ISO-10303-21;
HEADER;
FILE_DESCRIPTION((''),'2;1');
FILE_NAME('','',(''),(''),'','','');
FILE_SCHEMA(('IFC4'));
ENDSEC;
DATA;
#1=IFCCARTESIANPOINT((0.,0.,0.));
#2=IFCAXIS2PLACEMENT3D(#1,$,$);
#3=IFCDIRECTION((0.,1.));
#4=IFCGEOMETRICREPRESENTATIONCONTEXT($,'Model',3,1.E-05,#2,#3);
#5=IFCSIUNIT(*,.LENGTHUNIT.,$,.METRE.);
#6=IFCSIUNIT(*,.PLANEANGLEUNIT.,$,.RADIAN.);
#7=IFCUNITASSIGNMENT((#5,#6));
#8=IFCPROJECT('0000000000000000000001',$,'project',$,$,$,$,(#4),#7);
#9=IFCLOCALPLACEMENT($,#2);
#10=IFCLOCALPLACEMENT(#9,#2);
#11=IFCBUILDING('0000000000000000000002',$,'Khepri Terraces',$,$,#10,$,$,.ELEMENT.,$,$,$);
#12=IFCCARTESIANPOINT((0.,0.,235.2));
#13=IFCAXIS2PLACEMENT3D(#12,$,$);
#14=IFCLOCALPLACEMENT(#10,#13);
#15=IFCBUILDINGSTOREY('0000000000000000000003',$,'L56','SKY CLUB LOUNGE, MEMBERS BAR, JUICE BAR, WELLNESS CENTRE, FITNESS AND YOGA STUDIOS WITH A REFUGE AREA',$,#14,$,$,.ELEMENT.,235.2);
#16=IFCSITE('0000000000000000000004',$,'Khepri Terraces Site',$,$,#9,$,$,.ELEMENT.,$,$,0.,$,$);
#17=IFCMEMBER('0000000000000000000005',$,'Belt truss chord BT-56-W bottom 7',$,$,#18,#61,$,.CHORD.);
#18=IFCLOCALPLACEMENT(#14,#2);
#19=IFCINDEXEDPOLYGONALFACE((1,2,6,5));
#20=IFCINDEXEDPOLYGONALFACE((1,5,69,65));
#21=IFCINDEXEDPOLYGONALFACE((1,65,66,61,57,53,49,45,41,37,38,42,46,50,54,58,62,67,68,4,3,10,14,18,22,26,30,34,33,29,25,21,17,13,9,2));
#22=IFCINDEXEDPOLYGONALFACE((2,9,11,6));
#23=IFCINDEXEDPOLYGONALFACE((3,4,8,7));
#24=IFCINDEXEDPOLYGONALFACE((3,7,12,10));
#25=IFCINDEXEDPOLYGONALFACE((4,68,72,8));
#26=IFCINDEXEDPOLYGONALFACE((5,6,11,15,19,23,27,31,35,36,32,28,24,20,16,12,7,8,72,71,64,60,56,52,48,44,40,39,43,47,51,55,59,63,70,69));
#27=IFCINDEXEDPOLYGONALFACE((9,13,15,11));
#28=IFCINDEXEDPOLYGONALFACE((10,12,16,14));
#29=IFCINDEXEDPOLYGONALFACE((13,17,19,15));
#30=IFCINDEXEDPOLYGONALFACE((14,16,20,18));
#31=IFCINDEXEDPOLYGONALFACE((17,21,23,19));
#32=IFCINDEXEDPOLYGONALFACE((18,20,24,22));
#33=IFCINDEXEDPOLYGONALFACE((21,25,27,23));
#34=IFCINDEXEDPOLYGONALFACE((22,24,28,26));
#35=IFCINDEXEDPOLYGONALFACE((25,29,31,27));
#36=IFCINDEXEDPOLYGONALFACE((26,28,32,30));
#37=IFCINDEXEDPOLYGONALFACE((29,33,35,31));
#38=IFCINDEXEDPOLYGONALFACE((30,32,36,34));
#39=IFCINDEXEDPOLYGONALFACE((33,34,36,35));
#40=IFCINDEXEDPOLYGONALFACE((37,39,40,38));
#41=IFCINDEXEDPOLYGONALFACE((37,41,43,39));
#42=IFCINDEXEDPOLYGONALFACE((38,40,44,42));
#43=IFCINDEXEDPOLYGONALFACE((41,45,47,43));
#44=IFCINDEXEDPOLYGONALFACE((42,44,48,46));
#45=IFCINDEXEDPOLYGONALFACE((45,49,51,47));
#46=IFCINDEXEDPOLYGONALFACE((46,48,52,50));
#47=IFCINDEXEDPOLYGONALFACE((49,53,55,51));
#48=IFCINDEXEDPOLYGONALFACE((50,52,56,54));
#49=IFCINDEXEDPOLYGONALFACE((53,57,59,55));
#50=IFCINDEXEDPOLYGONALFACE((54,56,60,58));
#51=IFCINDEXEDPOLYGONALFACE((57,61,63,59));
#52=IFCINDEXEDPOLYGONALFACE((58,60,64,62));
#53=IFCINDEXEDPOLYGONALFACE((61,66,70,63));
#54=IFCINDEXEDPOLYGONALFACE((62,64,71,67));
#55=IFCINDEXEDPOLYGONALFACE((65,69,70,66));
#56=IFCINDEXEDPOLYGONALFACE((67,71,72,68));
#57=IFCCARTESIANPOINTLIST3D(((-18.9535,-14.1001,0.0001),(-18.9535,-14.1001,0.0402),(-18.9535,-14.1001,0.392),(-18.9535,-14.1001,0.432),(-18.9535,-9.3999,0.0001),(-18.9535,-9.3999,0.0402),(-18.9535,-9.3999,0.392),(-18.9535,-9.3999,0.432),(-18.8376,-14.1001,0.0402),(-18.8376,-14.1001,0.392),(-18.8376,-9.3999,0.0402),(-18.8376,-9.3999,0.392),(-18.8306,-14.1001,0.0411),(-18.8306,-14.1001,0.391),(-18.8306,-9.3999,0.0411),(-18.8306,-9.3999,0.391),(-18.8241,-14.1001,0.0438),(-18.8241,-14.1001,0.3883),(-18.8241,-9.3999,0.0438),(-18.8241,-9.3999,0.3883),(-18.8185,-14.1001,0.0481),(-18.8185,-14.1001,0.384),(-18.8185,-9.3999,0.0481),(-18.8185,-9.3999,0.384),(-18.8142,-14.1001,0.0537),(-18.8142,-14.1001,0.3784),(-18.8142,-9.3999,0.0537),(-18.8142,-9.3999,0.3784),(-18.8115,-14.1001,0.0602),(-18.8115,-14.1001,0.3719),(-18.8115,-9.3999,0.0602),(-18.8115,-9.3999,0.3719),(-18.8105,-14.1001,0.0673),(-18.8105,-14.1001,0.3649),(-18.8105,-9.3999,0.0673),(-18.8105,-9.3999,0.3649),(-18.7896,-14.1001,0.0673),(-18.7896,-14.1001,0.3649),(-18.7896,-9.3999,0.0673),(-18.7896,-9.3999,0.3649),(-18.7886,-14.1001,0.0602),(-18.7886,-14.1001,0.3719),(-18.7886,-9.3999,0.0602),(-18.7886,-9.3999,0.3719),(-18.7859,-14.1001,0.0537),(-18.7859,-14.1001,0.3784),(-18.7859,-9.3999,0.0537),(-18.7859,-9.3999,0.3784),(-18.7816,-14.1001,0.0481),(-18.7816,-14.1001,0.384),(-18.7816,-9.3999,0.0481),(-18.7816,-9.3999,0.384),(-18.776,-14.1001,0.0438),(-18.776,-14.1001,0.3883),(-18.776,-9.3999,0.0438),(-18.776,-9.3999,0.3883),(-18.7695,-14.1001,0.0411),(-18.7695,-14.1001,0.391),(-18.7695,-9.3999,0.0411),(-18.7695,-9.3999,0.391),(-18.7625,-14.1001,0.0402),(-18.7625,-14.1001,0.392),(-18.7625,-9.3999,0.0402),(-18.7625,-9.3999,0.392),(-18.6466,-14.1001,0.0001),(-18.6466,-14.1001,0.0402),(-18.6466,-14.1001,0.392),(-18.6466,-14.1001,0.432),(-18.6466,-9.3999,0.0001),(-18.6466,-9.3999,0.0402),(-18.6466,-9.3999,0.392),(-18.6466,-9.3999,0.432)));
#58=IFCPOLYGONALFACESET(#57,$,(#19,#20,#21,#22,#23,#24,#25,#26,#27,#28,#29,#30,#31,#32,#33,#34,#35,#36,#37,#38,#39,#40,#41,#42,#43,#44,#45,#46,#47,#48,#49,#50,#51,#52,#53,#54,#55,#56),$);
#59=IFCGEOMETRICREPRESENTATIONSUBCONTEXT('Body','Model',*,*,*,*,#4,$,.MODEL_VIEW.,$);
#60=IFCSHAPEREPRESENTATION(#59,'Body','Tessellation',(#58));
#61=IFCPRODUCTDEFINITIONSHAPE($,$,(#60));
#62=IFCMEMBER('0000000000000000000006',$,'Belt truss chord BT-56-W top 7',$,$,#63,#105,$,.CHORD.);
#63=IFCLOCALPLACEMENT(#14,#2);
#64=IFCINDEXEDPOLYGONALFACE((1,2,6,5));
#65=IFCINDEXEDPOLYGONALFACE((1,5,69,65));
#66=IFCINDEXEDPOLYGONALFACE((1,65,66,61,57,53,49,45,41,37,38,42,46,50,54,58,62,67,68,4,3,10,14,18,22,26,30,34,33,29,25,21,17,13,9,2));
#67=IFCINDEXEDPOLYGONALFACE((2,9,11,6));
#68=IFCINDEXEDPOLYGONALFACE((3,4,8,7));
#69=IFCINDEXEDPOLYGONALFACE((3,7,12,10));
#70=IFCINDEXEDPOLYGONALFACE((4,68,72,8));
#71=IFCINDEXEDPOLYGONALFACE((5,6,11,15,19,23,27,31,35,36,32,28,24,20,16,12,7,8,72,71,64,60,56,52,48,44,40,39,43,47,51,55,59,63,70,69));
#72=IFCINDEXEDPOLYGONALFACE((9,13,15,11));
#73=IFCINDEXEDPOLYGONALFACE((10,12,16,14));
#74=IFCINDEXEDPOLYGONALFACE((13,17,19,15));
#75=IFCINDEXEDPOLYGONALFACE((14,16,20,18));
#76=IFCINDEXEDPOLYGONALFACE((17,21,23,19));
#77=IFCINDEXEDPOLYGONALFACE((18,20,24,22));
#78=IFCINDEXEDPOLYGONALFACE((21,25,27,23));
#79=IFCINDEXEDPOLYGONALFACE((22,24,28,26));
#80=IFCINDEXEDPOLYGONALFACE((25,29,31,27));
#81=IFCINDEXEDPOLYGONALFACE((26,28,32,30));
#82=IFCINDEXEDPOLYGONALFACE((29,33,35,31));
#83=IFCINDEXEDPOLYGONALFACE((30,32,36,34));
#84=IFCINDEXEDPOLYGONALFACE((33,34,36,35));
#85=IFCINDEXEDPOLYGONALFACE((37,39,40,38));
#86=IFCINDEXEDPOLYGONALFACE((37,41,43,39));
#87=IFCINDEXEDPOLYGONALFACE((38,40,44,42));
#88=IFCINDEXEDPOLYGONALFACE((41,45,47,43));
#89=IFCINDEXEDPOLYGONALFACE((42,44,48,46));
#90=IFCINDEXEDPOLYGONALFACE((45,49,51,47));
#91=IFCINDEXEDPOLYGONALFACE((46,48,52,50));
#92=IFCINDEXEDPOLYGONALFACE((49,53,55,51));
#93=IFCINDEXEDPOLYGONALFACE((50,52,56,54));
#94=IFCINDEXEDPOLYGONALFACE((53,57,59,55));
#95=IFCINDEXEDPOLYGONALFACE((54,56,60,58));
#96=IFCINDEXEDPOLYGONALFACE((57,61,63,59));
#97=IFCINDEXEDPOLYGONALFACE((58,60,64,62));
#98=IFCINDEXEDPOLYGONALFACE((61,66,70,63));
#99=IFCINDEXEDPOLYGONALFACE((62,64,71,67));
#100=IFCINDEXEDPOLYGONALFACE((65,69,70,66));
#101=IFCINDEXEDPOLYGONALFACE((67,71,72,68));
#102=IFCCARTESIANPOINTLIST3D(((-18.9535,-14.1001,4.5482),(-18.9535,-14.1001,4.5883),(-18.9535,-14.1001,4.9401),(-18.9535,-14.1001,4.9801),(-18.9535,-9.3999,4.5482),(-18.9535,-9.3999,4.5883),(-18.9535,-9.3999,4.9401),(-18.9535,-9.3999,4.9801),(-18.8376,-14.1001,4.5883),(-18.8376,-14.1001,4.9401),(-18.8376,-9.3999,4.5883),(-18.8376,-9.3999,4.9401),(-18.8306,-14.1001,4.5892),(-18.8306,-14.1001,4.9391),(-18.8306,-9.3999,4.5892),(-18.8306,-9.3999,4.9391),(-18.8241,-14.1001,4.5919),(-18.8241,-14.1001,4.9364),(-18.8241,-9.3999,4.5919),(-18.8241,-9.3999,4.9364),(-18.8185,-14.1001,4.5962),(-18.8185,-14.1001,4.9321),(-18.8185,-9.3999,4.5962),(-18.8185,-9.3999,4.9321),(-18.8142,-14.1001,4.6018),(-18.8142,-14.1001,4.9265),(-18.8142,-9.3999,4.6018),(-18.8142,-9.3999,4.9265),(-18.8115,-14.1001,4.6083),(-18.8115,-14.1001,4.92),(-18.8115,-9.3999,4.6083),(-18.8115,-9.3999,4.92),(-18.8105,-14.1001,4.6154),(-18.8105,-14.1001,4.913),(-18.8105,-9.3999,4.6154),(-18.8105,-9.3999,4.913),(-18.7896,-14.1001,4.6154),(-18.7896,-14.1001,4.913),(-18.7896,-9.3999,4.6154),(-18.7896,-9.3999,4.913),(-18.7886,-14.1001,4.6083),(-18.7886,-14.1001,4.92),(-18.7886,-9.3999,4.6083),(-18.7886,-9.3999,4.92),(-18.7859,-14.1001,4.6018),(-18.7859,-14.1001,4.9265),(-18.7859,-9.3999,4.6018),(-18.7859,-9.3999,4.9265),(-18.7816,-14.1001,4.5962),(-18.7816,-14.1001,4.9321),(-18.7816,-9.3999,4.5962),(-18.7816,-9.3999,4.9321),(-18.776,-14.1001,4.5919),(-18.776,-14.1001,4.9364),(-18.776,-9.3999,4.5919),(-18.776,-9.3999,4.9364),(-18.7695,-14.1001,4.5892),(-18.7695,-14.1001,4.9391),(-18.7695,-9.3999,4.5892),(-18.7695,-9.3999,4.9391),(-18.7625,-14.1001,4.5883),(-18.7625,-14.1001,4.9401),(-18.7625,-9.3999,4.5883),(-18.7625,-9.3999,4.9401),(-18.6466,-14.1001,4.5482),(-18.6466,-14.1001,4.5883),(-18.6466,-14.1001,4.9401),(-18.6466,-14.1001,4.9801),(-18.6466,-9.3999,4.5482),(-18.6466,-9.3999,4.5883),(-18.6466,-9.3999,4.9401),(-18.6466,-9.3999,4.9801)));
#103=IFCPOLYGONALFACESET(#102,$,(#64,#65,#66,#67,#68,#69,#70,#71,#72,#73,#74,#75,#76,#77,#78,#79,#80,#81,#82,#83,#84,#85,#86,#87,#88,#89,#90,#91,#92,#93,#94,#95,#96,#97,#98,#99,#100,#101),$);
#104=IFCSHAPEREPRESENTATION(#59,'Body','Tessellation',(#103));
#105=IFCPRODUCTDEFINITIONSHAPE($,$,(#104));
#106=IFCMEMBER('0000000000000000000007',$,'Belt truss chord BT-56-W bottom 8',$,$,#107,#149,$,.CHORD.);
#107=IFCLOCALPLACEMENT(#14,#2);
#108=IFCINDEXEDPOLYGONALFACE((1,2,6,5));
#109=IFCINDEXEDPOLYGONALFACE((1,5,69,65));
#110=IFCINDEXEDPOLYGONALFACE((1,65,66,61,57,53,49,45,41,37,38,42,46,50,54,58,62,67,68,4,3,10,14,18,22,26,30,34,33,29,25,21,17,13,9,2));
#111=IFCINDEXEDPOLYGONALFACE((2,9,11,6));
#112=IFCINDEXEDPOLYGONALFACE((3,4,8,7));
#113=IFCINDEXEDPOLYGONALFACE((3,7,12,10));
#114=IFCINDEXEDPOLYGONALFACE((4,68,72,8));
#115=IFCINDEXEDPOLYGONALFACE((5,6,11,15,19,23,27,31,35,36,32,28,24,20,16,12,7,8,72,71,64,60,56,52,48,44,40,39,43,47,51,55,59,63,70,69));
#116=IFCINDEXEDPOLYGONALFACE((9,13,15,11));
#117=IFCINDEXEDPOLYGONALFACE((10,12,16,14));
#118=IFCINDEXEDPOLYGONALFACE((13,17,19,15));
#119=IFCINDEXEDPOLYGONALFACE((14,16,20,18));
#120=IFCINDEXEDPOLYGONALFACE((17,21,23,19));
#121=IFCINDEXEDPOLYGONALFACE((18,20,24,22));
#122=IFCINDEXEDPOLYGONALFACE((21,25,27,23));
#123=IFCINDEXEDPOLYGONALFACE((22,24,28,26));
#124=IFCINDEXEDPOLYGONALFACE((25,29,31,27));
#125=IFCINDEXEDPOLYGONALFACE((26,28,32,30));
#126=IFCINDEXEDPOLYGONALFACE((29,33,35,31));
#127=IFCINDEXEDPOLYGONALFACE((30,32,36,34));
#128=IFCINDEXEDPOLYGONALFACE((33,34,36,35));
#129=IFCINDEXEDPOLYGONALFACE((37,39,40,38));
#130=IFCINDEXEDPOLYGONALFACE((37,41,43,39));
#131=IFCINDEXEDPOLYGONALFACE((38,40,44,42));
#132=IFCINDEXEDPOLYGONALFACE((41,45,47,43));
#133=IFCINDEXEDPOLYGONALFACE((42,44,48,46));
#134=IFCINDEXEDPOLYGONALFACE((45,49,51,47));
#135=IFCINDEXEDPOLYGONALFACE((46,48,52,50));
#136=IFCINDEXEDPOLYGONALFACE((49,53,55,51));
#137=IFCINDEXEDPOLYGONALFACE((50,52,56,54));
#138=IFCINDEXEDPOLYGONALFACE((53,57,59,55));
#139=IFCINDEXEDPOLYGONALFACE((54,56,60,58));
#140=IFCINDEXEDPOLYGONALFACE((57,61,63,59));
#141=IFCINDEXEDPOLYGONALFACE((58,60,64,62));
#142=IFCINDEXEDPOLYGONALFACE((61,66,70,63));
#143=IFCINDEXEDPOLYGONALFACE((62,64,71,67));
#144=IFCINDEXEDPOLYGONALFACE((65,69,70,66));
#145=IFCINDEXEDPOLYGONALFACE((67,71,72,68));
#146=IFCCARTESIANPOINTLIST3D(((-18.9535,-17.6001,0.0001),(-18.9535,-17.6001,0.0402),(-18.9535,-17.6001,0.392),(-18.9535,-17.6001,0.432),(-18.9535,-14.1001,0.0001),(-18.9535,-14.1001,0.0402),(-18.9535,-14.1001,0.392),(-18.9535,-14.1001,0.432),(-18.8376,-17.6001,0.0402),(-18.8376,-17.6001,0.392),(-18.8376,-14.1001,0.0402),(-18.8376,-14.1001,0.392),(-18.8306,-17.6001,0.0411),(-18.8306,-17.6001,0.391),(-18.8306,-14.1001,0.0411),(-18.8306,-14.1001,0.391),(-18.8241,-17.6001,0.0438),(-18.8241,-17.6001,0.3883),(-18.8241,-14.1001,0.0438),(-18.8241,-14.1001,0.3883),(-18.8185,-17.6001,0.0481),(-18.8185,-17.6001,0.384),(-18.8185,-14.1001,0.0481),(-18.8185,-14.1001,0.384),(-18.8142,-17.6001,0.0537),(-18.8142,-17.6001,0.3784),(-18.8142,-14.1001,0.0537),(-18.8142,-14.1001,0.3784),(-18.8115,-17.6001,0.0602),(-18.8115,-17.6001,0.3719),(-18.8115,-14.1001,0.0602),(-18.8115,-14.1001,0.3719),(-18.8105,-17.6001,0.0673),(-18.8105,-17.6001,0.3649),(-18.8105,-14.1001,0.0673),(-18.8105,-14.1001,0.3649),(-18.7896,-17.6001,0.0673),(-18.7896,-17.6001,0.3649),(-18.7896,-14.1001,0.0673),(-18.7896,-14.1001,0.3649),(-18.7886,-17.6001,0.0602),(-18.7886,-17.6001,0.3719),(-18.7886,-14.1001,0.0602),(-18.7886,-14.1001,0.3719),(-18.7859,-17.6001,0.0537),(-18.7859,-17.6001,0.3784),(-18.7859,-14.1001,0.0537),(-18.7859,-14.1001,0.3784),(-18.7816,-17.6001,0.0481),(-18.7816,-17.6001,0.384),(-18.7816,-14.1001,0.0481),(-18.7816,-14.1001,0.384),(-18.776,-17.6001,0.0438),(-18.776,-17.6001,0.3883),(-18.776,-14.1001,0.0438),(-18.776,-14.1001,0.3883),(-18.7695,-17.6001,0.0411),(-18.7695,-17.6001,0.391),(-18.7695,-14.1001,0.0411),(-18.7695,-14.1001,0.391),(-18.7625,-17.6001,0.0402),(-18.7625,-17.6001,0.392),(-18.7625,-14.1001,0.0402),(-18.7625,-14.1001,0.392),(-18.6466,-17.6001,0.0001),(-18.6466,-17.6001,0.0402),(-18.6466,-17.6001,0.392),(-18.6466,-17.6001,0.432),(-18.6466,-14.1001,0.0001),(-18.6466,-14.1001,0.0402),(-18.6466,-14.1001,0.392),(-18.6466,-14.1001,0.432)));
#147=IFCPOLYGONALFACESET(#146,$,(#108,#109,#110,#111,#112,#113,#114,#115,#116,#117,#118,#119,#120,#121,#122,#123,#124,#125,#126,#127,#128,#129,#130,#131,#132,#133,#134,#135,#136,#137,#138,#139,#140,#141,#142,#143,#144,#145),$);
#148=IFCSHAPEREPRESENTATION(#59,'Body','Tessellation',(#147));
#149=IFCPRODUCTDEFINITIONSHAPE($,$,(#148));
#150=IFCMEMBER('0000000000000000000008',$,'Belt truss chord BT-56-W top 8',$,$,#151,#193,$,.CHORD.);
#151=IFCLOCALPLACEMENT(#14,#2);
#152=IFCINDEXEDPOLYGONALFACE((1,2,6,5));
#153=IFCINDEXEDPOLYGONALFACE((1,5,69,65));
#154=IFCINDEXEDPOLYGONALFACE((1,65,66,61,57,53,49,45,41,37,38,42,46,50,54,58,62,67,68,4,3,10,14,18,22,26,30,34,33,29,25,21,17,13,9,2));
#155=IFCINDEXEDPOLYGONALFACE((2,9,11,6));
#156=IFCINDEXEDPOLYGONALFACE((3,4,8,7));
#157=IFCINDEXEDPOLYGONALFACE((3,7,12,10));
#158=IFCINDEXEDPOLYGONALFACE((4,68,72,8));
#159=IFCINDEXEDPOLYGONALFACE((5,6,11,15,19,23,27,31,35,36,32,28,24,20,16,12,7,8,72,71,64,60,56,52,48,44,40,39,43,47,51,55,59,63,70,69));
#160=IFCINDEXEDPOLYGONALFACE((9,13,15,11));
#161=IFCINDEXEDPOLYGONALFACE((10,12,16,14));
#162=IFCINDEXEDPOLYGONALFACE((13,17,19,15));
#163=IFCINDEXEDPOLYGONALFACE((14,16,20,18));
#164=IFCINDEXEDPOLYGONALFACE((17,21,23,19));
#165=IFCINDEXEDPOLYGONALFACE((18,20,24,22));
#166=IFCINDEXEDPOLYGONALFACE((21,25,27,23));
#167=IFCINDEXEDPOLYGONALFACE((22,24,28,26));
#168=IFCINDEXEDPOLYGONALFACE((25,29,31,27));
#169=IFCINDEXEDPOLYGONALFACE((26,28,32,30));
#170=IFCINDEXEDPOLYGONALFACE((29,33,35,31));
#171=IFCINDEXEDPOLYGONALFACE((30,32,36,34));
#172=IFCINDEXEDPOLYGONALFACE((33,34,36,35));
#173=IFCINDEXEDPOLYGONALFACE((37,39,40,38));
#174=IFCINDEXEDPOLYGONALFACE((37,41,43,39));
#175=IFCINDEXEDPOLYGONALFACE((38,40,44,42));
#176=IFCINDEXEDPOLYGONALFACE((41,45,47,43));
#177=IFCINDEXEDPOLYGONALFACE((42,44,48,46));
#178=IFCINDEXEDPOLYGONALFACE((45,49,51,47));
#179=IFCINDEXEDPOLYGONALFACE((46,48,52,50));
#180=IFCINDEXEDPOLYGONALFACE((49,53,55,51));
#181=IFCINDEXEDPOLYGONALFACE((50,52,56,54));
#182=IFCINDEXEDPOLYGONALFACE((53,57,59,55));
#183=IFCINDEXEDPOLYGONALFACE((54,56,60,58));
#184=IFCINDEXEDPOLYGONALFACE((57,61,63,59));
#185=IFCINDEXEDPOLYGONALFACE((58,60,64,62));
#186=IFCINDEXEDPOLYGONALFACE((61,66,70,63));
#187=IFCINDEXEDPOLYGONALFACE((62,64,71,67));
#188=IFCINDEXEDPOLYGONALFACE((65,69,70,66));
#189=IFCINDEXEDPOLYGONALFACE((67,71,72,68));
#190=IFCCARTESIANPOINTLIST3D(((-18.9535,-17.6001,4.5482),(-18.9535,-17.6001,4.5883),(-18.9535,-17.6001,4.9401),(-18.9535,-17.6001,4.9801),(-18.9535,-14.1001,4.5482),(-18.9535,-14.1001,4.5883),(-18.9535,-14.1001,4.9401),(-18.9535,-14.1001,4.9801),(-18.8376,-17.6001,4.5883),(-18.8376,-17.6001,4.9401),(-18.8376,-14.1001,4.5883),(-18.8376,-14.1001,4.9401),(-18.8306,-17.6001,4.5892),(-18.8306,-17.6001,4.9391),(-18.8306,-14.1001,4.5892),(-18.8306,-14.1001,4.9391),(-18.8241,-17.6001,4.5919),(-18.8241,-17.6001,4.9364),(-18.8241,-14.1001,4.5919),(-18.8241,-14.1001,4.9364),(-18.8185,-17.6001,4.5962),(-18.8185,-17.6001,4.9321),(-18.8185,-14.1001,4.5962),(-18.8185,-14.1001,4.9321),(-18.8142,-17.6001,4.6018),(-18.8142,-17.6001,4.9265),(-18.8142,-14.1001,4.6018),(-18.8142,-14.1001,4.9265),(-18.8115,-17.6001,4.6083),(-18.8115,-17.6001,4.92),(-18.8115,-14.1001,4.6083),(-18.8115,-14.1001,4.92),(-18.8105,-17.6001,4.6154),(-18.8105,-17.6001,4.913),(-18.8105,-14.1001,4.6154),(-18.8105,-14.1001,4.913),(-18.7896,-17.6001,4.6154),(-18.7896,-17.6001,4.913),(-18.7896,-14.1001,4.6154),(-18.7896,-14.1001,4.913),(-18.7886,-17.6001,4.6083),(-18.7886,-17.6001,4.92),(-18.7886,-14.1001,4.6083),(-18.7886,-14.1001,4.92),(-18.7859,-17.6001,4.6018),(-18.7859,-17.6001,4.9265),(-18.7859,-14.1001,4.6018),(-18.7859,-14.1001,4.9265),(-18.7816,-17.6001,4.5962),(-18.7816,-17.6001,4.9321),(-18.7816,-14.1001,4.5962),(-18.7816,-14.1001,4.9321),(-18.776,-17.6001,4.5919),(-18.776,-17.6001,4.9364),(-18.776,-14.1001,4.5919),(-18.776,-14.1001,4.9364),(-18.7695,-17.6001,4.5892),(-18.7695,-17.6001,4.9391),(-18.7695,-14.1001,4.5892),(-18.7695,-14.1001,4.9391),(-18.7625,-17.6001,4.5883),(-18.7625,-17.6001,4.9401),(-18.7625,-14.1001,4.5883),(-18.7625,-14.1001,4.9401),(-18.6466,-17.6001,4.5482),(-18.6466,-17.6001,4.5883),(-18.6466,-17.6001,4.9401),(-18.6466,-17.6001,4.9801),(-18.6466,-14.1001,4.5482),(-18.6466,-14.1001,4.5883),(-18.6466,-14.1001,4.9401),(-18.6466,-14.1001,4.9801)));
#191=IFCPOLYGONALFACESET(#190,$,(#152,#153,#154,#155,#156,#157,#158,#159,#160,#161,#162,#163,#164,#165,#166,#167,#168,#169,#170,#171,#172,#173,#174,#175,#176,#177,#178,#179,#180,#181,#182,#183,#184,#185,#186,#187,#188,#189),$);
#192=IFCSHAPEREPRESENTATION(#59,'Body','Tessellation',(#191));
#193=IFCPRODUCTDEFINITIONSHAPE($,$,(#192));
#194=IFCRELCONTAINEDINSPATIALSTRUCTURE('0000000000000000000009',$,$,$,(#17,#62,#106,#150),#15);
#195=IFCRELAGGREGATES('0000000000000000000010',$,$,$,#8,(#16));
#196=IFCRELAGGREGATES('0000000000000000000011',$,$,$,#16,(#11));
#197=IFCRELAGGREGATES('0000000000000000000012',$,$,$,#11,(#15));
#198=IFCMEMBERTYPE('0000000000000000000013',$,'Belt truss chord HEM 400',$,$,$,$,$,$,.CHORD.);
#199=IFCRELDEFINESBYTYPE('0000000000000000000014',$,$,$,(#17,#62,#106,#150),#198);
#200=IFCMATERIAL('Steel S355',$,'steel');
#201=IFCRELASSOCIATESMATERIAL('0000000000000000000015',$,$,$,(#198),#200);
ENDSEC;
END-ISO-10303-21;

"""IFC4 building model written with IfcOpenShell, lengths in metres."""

from ifc_helpers import new_model, si_unit, direction, frame, origin, origin_2d, place, context, subcontext, project, spatial, i_section, extrude, material, material_profile, profile_set, type_object, element, save


model = new_model("IFC4")

# Units and contexts
model_context = context("Model", 3, precision=1e-05, world=origin(), true_north=direction((0.0, 1.0)))
body_context = subcontext(model_context, "Body", "Model", "MODEL_VIEW")
ifc_project = project(units=[si_unit("LENGTHUNIT", "METRE"), si_unit("PLANEANGLEUNIT", "RADIAN")], contexts=[model_context])

# Site, building, storey
site_placement = place(None, origin())
site = spatial("IfcSite", under=ifc_project, at=site_placement, Name="Khepri Terraces Site", CompositionType="ELEMENT", RefElevation=0.0)
building_placement = place(site_placement, origin())
building = spatial("IfcBuilding", under=site, at=building_placement, Name="Khepri Terraces", CompositionType="ELEMENT")
storey_placement = place(building_placement, frame((0.0, 0.0, 235.2)))
storey = spatial("IfcBuildingStorey", under=building, at=storey_placement, Name="L56", Description="SKY CLUB LOUNGE, MEMBERS BAR, JUICE BAR, WELLNESS CENTRE, FITNESS AND YOGA STUDIOS WITH A REFUGE AREA", CompositionType="ELEMENT", Elevation=235.2)

# Members
ifc_material_1 = material(Name="Steel S355", Category="steel")
ifc_material_profile_1 = material_profile(ifc_material_1, i_section(OverallWidth=0.3069, OverallDepth=0.4319, WebThickness=0.021, FlangeThickness=0.04, FilletRadius=0.0271, at=origin_2d()), Name="Steel S355", Category="steel")
ifc_profile_set_1 = profile_set([ifc_material_profile_1], Name="Steel S355")
member_type_1 = type_object("IfcMemberType", Name="Belt truss chord HEM 400", PredefinedType="CHORD", material=ifc_profile_set_1)
for number, where, z_axis, x_axis, name in (
    (1, (-18.8, -9.3999, 0.2161), (0.0, -1.0, 0.0), (1.0, 0.0, 0.0), "Belt truss chord BT-56-W bottom 7"),
    (2, (-18.8, -9.3999, 4.7642), (0.0, -1.0, 0.0), (1.0, 0.0, 0.0), "Belt truss chord BT-56-W top 7"),
):
    element("IfcMember", number, at=place(storey_placement, frame(where, z_axis=z_axis, x_axis=x_axis)), inside=storey, type_object=member_type_1, Name=name, PredefinedType="CHORD", context=body_context, shape_type="SweptSolid", body=[
        extrude(i_section(OverallWidth=0.3069, OverallDepth=0.4319, WebThickness=0.021, FlangeThickness=0.04, FilletRadius=0.0271, at=origin_2d()), origin(), (0.0, 0.0, 1.0), 4.7002),
    ])
for number, where, z_axis, x_axis, name in (
    (3, (-18.8, -14.1001, 0.2161), (0.0, -1.0, 0.0), (1.0, 0.0, 0.0), "Belt truss chord BT-56-W bottom 8"),
    (4, (-18.8, -14.1001, 4.7642), (0.0, -1.0, 0.0), (1.0, 0.0, 0.0), "Belt truss chord BT-56-W top 8"),
):
    element("IfcMember", number, at=place(storey_placement, frame(where, z_axis=z_axis, x_axis=x_axis)), inside=storey, type_object=member_type_1, Name=name, PredefinedType="CHORD", context=body_context, shape_type="SweptSolid", body=[
        extrude(i_section(OverallWidth=0.3069, OverallDepth=0.4319, WebThickness=0.021, FlangeThickness=0.04, FilletRadius=0.0271, at=origin_2d()), origin(), (0.0, 0.0, 1.0), 3.5),
    ])

save(model, "model.ifc")
